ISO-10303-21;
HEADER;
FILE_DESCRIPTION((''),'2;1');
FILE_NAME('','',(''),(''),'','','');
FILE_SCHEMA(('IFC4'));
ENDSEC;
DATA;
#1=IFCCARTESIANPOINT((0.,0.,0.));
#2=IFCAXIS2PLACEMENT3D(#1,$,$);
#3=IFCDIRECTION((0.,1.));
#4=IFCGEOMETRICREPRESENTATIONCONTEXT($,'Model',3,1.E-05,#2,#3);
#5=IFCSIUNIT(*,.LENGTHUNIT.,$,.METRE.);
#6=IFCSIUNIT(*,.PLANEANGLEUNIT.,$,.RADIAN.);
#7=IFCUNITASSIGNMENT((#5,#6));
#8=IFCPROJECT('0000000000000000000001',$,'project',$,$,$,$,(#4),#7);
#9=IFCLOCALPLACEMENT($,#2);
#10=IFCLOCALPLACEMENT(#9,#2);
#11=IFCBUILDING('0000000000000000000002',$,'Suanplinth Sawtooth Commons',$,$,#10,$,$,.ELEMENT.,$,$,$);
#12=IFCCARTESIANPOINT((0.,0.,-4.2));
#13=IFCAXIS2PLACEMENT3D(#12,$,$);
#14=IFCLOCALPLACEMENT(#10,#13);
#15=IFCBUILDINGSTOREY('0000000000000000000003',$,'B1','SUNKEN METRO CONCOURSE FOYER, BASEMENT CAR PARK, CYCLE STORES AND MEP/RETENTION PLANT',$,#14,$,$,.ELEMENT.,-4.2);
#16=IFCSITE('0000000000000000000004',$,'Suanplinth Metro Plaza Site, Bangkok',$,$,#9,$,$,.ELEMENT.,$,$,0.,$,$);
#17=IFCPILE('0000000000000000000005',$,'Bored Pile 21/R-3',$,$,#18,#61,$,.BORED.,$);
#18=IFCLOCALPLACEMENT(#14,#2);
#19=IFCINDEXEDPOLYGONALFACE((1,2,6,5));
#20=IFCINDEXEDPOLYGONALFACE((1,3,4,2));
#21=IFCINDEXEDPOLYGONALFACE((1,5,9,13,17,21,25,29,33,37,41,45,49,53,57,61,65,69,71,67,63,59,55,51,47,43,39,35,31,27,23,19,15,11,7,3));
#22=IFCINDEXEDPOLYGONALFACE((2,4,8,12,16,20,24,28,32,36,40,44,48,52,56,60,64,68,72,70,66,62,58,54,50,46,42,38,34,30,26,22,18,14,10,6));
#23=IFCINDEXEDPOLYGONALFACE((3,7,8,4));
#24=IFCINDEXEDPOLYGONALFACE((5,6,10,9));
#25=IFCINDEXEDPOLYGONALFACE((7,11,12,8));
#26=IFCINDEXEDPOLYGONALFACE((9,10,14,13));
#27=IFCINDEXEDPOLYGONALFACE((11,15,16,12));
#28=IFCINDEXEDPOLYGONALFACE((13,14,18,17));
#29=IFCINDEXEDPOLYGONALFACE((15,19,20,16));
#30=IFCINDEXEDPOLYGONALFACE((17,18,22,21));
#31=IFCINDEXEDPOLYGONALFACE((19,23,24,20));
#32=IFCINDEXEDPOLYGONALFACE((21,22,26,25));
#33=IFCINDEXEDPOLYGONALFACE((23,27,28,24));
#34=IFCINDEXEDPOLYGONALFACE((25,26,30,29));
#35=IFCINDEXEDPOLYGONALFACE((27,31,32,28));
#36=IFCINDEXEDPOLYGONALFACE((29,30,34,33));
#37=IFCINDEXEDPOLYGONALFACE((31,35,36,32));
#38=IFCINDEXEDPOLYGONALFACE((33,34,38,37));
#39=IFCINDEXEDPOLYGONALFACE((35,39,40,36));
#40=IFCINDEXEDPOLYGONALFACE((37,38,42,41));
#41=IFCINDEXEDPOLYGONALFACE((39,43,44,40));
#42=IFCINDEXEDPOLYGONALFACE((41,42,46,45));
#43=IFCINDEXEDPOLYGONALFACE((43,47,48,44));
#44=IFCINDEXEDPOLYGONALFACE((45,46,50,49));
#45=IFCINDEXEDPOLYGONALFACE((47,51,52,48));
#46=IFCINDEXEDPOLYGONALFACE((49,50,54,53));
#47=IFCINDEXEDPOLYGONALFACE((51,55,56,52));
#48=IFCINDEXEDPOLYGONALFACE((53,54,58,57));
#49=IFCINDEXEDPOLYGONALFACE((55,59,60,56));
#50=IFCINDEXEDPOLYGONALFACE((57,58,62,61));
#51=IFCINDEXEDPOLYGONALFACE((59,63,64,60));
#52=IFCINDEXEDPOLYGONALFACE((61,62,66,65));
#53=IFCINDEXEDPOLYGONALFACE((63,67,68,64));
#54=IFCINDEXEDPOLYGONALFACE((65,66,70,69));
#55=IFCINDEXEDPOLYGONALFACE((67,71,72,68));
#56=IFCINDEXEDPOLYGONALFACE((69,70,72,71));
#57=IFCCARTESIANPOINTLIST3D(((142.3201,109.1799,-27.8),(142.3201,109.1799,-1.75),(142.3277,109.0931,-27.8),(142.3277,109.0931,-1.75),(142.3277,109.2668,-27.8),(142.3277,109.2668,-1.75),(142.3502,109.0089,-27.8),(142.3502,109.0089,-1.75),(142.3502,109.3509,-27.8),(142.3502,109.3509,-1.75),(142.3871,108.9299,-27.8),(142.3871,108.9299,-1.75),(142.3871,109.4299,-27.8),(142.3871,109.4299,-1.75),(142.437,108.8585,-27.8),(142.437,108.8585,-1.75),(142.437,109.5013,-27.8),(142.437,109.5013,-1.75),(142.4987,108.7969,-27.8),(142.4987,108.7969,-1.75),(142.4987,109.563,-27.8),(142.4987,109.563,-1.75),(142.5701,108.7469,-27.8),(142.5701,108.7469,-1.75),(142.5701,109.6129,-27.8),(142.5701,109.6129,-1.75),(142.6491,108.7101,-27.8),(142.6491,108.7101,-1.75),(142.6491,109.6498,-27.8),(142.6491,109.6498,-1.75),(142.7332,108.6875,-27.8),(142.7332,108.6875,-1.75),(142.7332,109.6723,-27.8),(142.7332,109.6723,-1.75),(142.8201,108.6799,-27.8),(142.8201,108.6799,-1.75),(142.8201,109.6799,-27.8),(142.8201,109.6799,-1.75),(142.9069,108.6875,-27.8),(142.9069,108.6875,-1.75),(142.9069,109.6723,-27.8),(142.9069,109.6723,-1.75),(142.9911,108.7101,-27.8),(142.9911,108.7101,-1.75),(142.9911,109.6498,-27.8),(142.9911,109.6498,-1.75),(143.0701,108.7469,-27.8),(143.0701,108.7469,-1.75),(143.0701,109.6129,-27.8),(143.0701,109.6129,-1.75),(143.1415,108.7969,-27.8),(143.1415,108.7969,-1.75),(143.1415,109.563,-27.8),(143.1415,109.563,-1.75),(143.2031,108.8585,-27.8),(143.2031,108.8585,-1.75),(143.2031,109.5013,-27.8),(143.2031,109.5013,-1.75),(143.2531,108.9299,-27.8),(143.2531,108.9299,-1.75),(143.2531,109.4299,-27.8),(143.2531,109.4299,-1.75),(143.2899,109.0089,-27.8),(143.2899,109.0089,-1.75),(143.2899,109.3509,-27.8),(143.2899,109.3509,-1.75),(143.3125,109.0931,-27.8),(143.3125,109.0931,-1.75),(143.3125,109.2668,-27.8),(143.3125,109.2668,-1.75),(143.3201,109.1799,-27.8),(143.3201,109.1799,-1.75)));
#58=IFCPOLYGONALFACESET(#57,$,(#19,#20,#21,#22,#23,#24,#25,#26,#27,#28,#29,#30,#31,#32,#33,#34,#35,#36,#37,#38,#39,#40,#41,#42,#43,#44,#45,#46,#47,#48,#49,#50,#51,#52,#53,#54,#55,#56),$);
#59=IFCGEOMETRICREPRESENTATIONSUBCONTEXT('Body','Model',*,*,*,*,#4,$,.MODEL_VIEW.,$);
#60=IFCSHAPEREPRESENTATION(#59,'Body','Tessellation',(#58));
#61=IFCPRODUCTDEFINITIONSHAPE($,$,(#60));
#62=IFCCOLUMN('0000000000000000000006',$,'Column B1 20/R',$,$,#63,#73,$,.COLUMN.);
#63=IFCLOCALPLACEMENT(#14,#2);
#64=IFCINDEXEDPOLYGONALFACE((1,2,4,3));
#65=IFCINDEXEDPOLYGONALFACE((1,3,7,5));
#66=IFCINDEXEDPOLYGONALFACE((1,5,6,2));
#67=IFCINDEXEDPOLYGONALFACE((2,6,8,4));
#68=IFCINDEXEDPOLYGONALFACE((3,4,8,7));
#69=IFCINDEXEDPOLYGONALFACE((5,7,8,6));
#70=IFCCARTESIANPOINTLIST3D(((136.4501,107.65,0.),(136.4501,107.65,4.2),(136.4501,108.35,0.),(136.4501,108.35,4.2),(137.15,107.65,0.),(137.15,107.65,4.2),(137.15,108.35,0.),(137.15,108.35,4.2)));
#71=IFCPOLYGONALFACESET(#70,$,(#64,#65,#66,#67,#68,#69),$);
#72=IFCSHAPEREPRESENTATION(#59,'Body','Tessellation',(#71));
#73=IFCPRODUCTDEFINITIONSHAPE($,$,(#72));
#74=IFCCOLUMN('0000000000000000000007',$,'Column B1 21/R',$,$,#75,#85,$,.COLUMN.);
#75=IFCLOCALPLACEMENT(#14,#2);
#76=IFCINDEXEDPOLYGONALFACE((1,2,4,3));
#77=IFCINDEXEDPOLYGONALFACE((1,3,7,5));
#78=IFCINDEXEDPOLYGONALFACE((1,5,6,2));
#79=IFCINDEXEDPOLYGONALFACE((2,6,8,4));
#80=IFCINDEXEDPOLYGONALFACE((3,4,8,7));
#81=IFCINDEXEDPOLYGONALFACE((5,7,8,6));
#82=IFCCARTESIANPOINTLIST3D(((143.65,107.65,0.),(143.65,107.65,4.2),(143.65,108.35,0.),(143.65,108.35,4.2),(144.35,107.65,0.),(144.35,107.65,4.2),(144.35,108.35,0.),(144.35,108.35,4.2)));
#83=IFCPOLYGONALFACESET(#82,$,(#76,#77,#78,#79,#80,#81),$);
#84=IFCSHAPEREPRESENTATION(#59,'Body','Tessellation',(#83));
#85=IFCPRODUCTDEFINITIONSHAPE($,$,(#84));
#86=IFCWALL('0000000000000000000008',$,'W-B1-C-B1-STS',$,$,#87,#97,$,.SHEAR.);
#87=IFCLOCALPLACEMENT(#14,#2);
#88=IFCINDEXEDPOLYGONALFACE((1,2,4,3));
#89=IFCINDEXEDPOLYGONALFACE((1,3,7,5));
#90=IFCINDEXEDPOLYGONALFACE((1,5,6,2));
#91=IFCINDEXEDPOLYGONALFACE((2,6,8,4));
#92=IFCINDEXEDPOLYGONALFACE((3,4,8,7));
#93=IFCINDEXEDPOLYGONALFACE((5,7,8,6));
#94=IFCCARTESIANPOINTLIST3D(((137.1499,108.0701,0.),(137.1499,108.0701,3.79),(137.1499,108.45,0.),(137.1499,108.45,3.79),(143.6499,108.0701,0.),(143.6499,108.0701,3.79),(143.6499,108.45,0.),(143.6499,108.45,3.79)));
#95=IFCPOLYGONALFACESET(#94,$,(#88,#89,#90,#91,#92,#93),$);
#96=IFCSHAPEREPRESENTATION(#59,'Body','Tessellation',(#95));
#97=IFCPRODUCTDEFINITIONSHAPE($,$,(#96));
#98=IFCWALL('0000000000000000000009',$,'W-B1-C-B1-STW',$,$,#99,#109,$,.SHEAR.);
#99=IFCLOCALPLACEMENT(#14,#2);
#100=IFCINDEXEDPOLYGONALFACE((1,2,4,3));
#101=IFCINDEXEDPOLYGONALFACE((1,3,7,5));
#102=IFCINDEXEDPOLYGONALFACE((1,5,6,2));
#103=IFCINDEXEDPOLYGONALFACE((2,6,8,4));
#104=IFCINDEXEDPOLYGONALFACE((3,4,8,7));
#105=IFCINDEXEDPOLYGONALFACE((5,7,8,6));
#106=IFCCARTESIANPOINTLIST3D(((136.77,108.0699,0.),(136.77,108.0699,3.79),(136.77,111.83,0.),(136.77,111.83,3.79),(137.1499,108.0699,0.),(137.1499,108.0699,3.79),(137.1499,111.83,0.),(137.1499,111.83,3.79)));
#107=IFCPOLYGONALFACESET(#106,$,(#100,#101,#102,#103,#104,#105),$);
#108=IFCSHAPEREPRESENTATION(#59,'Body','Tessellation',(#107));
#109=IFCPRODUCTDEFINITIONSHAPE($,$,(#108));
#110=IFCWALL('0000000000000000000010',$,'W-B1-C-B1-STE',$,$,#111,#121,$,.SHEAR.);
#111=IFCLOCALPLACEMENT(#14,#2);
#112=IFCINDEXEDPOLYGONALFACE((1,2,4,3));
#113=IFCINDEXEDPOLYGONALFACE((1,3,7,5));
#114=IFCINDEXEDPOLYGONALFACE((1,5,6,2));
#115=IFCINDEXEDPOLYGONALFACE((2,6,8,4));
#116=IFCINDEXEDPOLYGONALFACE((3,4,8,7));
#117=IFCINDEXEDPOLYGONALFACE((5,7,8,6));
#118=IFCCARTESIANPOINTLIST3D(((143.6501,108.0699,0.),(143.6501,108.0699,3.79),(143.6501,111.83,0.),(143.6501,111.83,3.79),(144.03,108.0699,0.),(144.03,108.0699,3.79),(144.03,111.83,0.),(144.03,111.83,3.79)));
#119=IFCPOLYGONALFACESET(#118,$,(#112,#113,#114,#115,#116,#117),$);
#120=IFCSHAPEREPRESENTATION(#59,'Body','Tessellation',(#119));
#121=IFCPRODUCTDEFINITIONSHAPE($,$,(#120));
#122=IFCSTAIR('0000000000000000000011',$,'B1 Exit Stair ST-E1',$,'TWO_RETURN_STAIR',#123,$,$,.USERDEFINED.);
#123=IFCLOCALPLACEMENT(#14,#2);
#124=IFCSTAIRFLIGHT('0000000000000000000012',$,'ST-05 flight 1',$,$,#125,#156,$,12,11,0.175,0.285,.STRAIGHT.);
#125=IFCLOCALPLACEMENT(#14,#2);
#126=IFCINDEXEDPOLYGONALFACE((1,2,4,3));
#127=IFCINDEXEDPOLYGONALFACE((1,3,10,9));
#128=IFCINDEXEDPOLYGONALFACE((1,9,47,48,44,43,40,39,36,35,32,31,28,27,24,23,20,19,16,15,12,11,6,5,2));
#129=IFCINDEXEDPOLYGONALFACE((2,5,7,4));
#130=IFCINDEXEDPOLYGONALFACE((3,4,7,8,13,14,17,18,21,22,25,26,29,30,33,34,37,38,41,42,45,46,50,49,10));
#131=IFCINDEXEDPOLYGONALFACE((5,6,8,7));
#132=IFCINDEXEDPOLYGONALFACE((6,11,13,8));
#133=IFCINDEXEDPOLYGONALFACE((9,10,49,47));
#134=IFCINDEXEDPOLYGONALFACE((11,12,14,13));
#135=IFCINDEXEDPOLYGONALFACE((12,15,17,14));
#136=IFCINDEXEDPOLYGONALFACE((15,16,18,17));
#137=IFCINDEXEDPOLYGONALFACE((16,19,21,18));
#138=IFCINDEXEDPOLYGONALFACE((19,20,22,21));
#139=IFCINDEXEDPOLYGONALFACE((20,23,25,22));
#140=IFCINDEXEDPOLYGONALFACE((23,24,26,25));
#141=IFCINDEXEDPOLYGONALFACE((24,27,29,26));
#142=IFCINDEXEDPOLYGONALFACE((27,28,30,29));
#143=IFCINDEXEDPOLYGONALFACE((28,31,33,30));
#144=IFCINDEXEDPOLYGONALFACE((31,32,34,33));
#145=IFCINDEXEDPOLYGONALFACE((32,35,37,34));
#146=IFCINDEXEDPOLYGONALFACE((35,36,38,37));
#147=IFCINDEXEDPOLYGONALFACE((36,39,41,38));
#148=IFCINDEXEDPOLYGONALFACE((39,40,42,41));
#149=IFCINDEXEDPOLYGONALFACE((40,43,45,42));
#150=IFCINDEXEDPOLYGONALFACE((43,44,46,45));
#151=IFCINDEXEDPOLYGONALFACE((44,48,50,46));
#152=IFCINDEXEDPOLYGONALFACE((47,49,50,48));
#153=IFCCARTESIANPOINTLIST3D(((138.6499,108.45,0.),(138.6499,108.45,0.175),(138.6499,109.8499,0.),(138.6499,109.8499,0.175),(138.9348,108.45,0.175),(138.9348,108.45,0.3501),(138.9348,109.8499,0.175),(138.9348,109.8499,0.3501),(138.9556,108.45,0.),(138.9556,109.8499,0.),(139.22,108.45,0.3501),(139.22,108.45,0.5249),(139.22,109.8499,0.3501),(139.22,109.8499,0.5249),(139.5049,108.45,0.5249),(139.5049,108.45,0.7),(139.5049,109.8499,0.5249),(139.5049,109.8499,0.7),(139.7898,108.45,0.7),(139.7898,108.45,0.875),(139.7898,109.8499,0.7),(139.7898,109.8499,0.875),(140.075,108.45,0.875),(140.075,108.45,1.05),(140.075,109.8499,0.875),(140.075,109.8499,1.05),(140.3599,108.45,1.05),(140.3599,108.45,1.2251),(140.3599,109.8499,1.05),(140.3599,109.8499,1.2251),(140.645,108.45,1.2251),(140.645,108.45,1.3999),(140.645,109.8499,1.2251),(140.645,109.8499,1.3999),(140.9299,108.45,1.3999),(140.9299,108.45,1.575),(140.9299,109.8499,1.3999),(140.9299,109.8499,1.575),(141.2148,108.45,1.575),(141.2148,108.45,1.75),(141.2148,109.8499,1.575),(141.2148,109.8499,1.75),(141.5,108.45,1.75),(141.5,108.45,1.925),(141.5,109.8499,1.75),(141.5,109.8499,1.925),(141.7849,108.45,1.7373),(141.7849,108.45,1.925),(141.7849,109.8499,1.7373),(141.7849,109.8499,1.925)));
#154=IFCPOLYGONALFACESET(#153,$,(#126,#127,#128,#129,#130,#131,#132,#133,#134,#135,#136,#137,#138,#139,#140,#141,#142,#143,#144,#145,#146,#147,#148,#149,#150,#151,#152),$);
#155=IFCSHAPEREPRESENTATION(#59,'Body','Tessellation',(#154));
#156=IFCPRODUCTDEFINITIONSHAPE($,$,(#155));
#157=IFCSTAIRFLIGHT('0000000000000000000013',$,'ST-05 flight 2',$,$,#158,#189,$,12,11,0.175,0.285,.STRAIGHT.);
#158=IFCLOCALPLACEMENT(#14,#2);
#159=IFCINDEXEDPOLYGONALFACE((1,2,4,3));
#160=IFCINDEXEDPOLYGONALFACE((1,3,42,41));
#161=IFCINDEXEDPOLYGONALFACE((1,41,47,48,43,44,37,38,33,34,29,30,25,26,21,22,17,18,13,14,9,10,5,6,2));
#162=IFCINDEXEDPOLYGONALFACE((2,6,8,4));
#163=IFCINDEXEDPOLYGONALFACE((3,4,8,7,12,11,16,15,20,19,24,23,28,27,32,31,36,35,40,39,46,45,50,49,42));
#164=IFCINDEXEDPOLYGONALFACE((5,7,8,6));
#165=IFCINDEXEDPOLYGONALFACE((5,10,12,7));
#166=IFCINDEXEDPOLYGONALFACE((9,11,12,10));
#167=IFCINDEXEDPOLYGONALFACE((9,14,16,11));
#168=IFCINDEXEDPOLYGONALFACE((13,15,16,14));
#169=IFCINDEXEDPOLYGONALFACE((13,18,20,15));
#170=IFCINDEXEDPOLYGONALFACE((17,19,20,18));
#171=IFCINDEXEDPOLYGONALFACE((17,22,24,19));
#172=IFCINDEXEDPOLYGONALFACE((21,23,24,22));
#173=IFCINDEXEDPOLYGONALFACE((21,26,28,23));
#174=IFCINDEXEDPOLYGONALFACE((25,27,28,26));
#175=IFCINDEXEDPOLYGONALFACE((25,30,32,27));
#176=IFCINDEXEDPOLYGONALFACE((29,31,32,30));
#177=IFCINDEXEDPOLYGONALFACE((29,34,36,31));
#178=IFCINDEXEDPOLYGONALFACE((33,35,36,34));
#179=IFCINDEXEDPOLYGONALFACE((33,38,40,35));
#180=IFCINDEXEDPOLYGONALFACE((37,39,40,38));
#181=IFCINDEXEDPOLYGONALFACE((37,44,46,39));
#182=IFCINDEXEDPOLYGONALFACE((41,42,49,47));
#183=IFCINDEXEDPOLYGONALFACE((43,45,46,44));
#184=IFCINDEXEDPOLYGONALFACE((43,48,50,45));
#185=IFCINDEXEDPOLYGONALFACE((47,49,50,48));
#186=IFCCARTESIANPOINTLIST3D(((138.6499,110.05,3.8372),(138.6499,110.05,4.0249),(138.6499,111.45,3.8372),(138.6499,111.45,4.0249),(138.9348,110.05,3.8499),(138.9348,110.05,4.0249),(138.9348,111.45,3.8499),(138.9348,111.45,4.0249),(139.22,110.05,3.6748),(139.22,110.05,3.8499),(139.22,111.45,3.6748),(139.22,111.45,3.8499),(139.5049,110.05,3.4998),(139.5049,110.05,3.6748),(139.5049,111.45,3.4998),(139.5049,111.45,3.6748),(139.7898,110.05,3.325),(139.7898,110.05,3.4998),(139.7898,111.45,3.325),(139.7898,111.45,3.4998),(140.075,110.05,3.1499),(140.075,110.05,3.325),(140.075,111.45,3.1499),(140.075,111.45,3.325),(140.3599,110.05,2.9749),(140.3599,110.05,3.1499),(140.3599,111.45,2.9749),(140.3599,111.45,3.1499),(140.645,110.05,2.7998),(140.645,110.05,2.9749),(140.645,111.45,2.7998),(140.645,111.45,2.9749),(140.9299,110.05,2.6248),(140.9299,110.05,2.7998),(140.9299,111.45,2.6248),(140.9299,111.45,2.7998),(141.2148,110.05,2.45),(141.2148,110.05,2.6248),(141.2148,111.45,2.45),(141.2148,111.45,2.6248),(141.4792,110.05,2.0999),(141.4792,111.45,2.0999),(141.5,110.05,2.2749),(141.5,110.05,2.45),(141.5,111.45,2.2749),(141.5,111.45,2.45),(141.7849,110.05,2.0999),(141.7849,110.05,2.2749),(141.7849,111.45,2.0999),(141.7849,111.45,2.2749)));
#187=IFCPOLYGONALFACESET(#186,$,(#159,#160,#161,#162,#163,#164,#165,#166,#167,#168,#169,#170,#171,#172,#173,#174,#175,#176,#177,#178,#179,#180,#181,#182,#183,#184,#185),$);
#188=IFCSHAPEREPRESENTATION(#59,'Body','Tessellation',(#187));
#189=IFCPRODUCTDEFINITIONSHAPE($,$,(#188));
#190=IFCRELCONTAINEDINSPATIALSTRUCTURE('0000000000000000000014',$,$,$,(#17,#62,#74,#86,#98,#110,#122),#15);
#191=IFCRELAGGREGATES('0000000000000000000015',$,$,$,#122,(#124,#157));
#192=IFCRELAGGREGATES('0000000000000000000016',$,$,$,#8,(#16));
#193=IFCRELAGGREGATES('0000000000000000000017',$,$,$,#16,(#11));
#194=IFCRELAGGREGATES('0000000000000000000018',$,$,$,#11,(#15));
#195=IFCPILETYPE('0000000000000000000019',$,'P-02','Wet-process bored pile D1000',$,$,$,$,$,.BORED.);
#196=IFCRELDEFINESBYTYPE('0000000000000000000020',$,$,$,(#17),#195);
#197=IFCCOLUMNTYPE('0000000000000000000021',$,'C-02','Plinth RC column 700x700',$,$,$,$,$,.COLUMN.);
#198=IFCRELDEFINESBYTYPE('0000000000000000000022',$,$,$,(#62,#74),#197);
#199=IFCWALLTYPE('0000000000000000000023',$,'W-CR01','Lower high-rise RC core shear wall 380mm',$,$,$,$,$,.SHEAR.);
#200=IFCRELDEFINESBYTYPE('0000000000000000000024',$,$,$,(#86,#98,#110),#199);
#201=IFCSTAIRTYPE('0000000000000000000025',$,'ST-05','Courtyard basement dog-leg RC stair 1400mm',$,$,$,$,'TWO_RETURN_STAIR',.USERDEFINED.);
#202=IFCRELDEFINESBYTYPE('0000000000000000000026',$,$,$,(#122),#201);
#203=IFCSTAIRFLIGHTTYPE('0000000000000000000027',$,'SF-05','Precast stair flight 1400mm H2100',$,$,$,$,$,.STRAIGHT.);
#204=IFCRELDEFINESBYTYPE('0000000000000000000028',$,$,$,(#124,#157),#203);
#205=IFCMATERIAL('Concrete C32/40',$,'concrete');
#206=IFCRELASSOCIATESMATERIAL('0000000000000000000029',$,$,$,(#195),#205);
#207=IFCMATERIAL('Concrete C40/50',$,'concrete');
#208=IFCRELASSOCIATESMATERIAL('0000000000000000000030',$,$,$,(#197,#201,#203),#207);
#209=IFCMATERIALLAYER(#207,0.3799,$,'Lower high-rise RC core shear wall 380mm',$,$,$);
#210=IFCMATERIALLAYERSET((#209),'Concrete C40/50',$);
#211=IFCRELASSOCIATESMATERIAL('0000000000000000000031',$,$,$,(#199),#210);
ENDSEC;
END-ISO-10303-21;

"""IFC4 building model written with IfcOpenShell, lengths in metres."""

from ifc_helpers import new_model, si_unit, direction, frame, frame_2d, origin, origin_2d, place, context, subcontext, project, spatial, polyline, rectangle, circle, outline, extrude, material, layer, layer_set, material_profile, profile_set, type_object, element, aggregate, save


model = new_model("IFC4")

# Units and contexts
model_context = context("Model", 3, precision=1e-05, world=origin(), true_north=direction((0.0, 1.0)))
body_context = subcontext(model_context, "Body", "Model", "MODEL_VIEW")
ifc_project = project(units=[si_unit("LENGTHUNIT", "METRE"), si_unit("PLANEANGLEUNIT", "RADIAN")], contexts=[model_context])

# Site, building, storey
site_placement = place(None, origin())
site = spatial("IfcSite", under=ifc_project, at=site_placement, Name="Suanplinth Metro Plaza Site, Bangkok", CompositionType="ELEMENT", RefElevation=0.0)
building_placement = place(site_placement, origin())
building = spatial("IfcBuilding", under=site, at=building_placement, Name="Suanplinth Sawtooth Commons", CompositionType="ELEMENT")
storey_placement = place(building_placement, frame((0.0, 0.0, -4.2)))
storey = spatial("IfcBuildingStorey", under=building, at=storey_placement, Name="B1", Description="SUNKEN METRO CONCOURSE FOYER, BASEMENT CAR PARK, CYCLE STORES AND MEP/RETENTION PLANT", CompositionType="ELEMENT", Elevation=-4.2)

# Pile
ifc_material_1 = material(Name="Concrete C32/40", Category="concrete")
ifc_material_profile_1 = material_profile(ifc_material_1, circle(Radius=0.5, at=origin_2d()), Name="PILE D1000")
ifc_profile_set_1 = profile_set([ifc_material_profile_1], Name="Concrete C32/40")
pile_type = type_object("IfcPileType", Name="P-02", Description="Wet-process bored pile D1000", PredefinedType="BORED", material=ifc_profile_set_1)
pile_placement = place(storey_placement, frame((142.8201, 109.1799, -1.75), z_axis=(0.0, 0.0, -1.0), x_axis=(1.0, 0.0, 0.0)))
element("IfcPile", 1, at=pile_placement, inside=storey, type_object=pile_type, Name="Bored Pile 21/R-3", PredefinedType="BORED", context=body_context, shape_type="SweptSolid", body=[
    extrude(circle(Radius=0.5, at=origin_2d()), origin(), (0.0, 0.0, 1.0), 26.05),
])

# Columns
ifc_material_2 = material(Name="Concrete C40/50", Category="concrete")
ifc_material_profile_2 = material_profile(ifc_material_2, rectangle(XDim=0.7, YDim=0.7, at=origin_2d()), Name="RC-COL 700x700")
ifc_profile_set_2 = profile_set([ifc_material_profile_2], Name="Concrete C40/50")
column_type = type_object("IfcColumnType", Name="C-02", Description="Plinth RC column 700x700", PredefinedType="COLUMN", material=ifc_profile_set_2)
for number, where, z_axis, x_axis, name in (
    (2, (136.8, 108.0, 0.0), (0.0, 0.0, 1.0), (1.0, 0.0, 0.0), "Column B1 20/R"),
    (3, (144.0, 108.0, 0.0), (0.0, 0.0, 1.0), (1.0, 0.0, 0.0), "Column B1 21/R"),
):
    element("IfcColumn", number, at=place(storey_placement, frame(where, z_axis=z_axis, x_axis=x_axis)), inside=storey, type_object=column_type, Name=name, PredefinedType="COLUMN", context=body_context, shape_type="SweptSolid", body=[
        extrude(rectangle(XDim=0.7, YDim=0.7, at=origin_2d()), origin(), (0.0, 0.0, 1.0), 4.2),
    ])

# Walls
ifc_layer = layer(ifc_material_2, 0.3799, Name="Lower high-rise RC core shear wall 380mm")
ifc_layer_set = layer_set([ifc_layer], Name="Concrete C40/50")
wall_type = type_object("IfcWallType", Name="W-CR01", Description="Lower high-rise RC core shear wall 380mm", PredefinedType="SHEAR", material=ifc_layer_set)
wall_placement = place(storey_placement, frame((137.1499, 108.26, 0.0), z_axis=(0.0, 0.0, 1.0), x_axis=(1.0, 0.0, 0.0)))
element("IfcWall", 4, at=wall_placement, inside=storey, type_object=wall_type, Name="W-B1-C-B1-STS", PredefinedType="SHEAR", context=body_context, shape_type="SweptSolid", body=[
    extrude(rectangle(XDim=6.5, YDim=0.3799, at=frame_2d((3.25, 0.0))), origin(), (0.0, 0.0, 1.0), 3.79),
])
for number, where, z_axis, x_axis, name in (
    (5, (136.96, 108.0701, 0.0), (0.0, 0.0, 1.0), (0.0, 1.0, 0.0), "W-B1-C-B1-STW"),
    (6, (143.8401, 108.0701, 0.0), (0.0, 0.0, 1.0), (0.0, 1.0, 0.0), "W-B1-C-B1-STE"),
):
    element("IfcWall", number, at=place(storey_placement, frame(where, z_axis=z_axis, x_axis=x_axis)), inside=storey, type_object=wall_type, Name=name, PredefinedType="SHEAR", context=body_context, shape_type="SweptSolid", body=[
        extrude(rectangle(XDim=3.76, YDim=0.3799, at=frame_2d((1.8799, 0.0))), origin(), (0.0, 0.0, 1.0), 3.79),
    ])

# Stair, stair flights
stair_type = type_object("IfcStairType", Name="ST-05", Description="Courtyard basement dog-leg RC stair 1400mm", ElementType="TWO_RETURN_STAIR", PredefinedType="USERDEFINED", material=ifc_material_2)
stair_placement = place(storey_placement, origin())
stair = element("IfcStair", 7, at=stair_placement, inside=storey, type_object=stair_type, Name="B1 Exit Stair ST-E1", ObjectType="TWO_RETURN_STAIR", PredefinedType="USERDEFINED")
stair_flight_type = type_object("IfcStairFlightType", Name="SF-05", Description="Precast stair flight 1400mm H2100", PredefinedType="STRAIGHT", material=ifc_material_2)
stair_flight_1_placement = place(storey_placement, frame((138.6499, 109.1499, 0.0), z_axis=(0.0, 0.0, 1.0), x_axis=(1.0, 0.0, 0.0)))
stair_flight_1 = element("IfcStairFlight", 8, at=stair_flight_1_placement, type_object=stair_flight_type, Name="ST-05 flight 1", NumberOfRisers=12, NumberOfTreads=11, PredefinedType="STRAIGHT", RiserHeight=0.175, TreadLength=0.285, context=body_context, shape_type="SweptSolid", body=[
    extrude(outline(polyline([(0.0, 0.0), (0.0, 0.175), (0.2849, 0.175), (0.2849, 0.3501), (0.5701, 0.3501), (0.5701, 0.5249), (0.855, 0.5249), (0.855, 0.7), (1.1399, 0.7), (1.1399, 0.875), (1.425, 0.875), (1.425, 1.05), (1.71, 1.05), (1.71, 1.2251), (1.9951, 1.2251), (1.9951, 1.3999), (2.28, 1.3999), (2.28, 1.575), (2.5649, 1.575), (2.5649, 1.75), (2.8501, 1.75), (2.8501, 1.925), (3.135, 1.925), (3.135, 2.1001), (3.135, 1.7373), (0.3057, 0.0), (0.0, 0.0)])), frame((0.0, 0.7, 0.0), z_axis=(0.0, -1.0, 0.0), x_axis=(1.0, 0.0, 0.0)), (0.0, 0.0, 1.0), 1.3999),
])
stair_flight_2_placement = place(storey_placement, frame((141.7849, 110.75, 2.0999), z_axis=(0.0, 0.0, 1.0), x_axis=(-1.0, 0.0, 0.0)))
stair_flight_2 = element("IfcStairFlight", 9, at=stair_flight_2_placement, type_object=stair_flight_type, Name="ST-05 flight 2", NumberOfRisers=12, NumberOfTreads=11, PredefinedType="STRAIGHT", RiserHeight=0.175, TreadLength=0.285, context=body_context, shape_type="SweptSolid", body=[
    extrude(outline(polyline([(0.0, 0.0), (0.0, 0.175), (0.2849, 0.175), (0.2849, 0.3501), (0.5701, 0.3501), (0.5701, 0.5249), (0.855, 0.5249), (0.855, 0.7), (1.1399, 0.7), (1.1399, 0.875), (1.425, 0.875), (1.425, 1.05), (1.71, 1.05), (1.71, 1.2251), (1.9951, 1.2251), (1.9951, 1.3999), (2.28, 1.3999), (2.28, 1.575), (2.5649, 1.575), (2.5649, 1.75), (2.8501, 1.75), (2.8501, 1.925), (3.135, 1.925), (3.135, 2.1001), (3.135, 1.7373), (0.3057, 0.0), (0.0, 0.0)])), frame((0.0, 0.7, 0.0), z_axis=(0.0, -1.0, 0.0), x_axis=(1.0, 0.0, 0.0)), (0.0, 0.0, 1.0), 1.3999),
])
aggregate(stair, [stair_flight_1, stair_flight_2])

save(model, "model.ifc")
